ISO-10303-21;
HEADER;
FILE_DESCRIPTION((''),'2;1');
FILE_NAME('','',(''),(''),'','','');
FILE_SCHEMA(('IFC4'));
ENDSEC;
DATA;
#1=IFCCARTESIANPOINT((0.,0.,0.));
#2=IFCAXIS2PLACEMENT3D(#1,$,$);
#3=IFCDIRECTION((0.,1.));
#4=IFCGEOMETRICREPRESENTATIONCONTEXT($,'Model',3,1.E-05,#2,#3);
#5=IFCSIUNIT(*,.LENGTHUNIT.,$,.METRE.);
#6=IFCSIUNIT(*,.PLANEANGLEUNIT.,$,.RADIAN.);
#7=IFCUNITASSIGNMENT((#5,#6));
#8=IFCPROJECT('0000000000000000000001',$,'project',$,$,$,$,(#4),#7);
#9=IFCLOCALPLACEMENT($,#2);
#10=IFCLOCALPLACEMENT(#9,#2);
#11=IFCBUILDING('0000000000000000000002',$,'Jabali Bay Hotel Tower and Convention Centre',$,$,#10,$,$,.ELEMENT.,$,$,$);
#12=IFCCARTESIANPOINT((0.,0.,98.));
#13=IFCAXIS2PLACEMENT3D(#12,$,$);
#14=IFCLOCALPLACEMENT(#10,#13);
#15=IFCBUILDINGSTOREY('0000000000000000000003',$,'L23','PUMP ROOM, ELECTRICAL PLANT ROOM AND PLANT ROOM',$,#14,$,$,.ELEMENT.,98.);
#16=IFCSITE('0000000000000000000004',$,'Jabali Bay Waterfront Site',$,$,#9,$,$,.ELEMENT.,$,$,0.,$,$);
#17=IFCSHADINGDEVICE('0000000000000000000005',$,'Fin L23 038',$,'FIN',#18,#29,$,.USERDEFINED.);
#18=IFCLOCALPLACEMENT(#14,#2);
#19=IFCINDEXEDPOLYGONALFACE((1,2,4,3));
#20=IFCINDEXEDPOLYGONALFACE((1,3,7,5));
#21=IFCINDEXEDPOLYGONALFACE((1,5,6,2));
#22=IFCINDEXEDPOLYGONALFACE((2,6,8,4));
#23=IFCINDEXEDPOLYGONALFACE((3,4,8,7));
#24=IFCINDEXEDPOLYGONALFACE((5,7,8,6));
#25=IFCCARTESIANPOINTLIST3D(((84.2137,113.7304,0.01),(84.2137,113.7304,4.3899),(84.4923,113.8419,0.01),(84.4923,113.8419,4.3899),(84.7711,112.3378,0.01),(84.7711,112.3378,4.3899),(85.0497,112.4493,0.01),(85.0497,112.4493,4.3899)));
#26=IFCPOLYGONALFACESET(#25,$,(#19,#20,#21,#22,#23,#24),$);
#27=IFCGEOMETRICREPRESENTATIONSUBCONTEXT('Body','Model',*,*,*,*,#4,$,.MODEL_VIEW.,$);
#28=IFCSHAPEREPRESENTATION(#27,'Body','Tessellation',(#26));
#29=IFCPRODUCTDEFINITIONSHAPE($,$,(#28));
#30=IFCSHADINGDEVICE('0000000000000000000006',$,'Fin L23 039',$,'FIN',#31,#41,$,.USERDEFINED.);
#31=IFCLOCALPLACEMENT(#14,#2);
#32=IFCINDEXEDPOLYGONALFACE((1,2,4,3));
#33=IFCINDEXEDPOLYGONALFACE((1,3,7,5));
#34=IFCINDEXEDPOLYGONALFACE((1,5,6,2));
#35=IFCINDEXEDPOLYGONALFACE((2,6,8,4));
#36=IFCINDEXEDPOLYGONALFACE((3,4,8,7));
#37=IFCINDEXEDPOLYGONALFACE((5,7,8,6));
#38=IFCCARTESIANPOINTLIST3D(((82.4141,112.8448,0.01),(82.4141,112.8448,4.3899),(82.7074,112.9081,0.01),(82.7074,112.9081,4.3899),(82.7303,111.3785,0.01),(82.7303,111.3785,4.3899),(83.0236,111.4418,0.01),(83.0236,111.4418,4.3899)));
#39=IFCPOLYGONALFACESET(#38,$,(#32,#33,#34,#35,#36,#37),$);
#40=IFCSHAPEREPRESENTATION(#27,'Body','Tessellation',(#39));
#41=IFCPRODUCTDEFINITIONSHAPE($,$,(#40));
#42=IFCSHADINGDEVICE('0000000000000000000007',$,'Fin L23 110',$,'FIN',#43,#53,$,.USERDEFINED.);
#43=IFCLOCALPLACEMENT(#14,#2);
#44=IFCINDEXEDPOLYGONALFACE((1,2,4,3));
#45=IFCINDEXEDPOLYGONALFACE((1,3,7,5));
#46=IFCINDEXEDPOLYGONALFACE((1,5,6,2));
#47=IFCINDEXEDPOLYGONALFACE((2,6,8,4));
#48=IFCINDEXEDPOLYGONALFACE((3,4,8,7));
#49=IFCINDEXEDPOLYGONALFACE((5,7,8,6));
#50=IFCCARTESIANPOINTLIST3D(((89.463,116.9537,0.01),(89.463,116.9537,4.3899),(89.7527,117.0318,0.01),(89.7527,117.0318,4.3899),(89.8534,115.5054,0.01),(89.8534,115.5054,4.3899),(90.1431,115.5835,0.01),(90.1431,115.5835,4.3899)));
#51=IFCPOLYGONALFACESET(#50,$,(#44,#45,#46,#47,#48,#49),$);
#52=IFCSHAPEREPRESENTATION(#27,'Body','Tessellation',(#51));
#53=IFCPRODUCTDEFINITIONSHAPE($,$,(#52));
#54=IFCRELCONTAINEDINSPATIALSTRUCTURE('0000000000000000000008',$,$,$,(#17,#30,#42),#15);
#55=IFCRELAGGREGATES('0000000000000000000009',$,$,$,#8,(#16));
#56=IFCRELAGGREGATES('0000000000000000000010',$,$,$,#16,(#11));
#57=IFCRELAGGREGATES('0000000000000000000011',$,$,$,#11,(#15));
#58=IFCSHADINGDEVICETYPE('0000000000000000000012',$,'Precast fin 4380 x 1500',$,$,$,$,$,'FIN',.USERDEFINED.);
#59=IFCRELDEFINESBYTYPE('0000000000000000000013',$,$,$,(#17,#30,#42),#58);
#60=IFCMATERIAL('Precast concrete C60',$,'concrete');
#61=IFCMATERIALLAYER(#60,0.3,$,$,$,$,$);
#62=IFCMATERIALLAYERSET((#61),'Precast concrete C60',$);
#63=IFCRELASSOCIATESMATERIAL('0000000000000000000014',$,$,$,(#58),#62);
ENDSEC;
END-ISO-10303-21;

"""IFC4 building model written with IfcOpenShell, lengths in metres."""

from ifc_helpers import new_model, si_unit, direction, frame, frame_2d, origin, place, context, subcontext, project, spatial, rectangle, extrude, material, layer, layer_set, type_object, element, save


model = new_model("IFC4")

# Units and contexts
model_context = context("Model", 3, precision=1e-05, world=origin(), true_north=direction((0.0, 1.0)))
body_context = subcontext(model_context, "Body", "Model", "MODEL_VIEW")
ifc_project = project(units=[si_unit("LENGTHUNIT", "METRE"), si_unit("PLANEANGLEUNIT", "RADIAN")], contexts=[model_context])

# Site, building, storey
site_placement = place(None, origin())
site = spatial("IfcSite", under=ifc_project, at=site_placement, Name="Jabali Bay Waterfront Site", CompositionType="ELEMENT", RefElevation=0.0)
building_placement = place(site_placement, origin())
building = spatial("IfcBuilding", under=site, at=building_placement, Name="Jabali Bay Hotel Tower and Convention Centre", CompositionType="ELEMENT")
storey_placement = place(building_placement, frame((0.0, 0.0, 98.0)))
storey = spatial("IfcBuildingStorey", under=building, at=storey_placement, Name="L23", Description="PUMP ROOM, ELECTRICAL PLANT ROOM AND PLANT ROOM", CompositionType="ELEMENT", Elevation=98.0)

# Shading devices
ifc_material_1 = material(Name="Precast concrete C60", Category="concrete")
ifc_layer_1 = layer(ifc_material_1, 0.3)
ifc_layer_set_1 = layer_set([ifc_layer_1], Name="Precast concrete C60")
shading_device_type = type_object("IfcShadingDeviceType", Name="Precast fin 4380 x 1500", ElementType="FIN", PredefinedType="USERDEFINED", material=ifc_layer_set_1)
for number, where, z_axis, x_axis, name in (
    (1, (84.9104, 112.3936, 0.01), (0.0, 0.0, 1.0), (-0.371587, 0.928398, 0.0), "Fin L23 038"),
    (2, (82.877, 111.4102, 0.01), (0.0, 0.0, 1.0), (-0.210774, 0.977535, 0.0), "Fin L23 039"),
    (3, (89.9983, 115.5444, 0.01), (0.0, 0.0, 1.0), (-0.260265, 0.965537, 0.0), "Fin L23 110"),
):
    element("IfcShadingDevice", number, at=place(storey_placement, frame(where, z_axis=z_axis, x_axis=x_axis)), inside=storey, type_object=shading_device_type, Name=name, ObjectType="FIN", PredefinedType="USERDEFINED", context=body_context, shape_type="SweptSolid", body=[
        extrude(rectangle(XDim=1.5, YDim=0.3, at=frame_2d((0.75, 0.0))), origin(), (0.0, 0.0, 1.0), 4.3799),
    ])

save(model, "model.ifc")
